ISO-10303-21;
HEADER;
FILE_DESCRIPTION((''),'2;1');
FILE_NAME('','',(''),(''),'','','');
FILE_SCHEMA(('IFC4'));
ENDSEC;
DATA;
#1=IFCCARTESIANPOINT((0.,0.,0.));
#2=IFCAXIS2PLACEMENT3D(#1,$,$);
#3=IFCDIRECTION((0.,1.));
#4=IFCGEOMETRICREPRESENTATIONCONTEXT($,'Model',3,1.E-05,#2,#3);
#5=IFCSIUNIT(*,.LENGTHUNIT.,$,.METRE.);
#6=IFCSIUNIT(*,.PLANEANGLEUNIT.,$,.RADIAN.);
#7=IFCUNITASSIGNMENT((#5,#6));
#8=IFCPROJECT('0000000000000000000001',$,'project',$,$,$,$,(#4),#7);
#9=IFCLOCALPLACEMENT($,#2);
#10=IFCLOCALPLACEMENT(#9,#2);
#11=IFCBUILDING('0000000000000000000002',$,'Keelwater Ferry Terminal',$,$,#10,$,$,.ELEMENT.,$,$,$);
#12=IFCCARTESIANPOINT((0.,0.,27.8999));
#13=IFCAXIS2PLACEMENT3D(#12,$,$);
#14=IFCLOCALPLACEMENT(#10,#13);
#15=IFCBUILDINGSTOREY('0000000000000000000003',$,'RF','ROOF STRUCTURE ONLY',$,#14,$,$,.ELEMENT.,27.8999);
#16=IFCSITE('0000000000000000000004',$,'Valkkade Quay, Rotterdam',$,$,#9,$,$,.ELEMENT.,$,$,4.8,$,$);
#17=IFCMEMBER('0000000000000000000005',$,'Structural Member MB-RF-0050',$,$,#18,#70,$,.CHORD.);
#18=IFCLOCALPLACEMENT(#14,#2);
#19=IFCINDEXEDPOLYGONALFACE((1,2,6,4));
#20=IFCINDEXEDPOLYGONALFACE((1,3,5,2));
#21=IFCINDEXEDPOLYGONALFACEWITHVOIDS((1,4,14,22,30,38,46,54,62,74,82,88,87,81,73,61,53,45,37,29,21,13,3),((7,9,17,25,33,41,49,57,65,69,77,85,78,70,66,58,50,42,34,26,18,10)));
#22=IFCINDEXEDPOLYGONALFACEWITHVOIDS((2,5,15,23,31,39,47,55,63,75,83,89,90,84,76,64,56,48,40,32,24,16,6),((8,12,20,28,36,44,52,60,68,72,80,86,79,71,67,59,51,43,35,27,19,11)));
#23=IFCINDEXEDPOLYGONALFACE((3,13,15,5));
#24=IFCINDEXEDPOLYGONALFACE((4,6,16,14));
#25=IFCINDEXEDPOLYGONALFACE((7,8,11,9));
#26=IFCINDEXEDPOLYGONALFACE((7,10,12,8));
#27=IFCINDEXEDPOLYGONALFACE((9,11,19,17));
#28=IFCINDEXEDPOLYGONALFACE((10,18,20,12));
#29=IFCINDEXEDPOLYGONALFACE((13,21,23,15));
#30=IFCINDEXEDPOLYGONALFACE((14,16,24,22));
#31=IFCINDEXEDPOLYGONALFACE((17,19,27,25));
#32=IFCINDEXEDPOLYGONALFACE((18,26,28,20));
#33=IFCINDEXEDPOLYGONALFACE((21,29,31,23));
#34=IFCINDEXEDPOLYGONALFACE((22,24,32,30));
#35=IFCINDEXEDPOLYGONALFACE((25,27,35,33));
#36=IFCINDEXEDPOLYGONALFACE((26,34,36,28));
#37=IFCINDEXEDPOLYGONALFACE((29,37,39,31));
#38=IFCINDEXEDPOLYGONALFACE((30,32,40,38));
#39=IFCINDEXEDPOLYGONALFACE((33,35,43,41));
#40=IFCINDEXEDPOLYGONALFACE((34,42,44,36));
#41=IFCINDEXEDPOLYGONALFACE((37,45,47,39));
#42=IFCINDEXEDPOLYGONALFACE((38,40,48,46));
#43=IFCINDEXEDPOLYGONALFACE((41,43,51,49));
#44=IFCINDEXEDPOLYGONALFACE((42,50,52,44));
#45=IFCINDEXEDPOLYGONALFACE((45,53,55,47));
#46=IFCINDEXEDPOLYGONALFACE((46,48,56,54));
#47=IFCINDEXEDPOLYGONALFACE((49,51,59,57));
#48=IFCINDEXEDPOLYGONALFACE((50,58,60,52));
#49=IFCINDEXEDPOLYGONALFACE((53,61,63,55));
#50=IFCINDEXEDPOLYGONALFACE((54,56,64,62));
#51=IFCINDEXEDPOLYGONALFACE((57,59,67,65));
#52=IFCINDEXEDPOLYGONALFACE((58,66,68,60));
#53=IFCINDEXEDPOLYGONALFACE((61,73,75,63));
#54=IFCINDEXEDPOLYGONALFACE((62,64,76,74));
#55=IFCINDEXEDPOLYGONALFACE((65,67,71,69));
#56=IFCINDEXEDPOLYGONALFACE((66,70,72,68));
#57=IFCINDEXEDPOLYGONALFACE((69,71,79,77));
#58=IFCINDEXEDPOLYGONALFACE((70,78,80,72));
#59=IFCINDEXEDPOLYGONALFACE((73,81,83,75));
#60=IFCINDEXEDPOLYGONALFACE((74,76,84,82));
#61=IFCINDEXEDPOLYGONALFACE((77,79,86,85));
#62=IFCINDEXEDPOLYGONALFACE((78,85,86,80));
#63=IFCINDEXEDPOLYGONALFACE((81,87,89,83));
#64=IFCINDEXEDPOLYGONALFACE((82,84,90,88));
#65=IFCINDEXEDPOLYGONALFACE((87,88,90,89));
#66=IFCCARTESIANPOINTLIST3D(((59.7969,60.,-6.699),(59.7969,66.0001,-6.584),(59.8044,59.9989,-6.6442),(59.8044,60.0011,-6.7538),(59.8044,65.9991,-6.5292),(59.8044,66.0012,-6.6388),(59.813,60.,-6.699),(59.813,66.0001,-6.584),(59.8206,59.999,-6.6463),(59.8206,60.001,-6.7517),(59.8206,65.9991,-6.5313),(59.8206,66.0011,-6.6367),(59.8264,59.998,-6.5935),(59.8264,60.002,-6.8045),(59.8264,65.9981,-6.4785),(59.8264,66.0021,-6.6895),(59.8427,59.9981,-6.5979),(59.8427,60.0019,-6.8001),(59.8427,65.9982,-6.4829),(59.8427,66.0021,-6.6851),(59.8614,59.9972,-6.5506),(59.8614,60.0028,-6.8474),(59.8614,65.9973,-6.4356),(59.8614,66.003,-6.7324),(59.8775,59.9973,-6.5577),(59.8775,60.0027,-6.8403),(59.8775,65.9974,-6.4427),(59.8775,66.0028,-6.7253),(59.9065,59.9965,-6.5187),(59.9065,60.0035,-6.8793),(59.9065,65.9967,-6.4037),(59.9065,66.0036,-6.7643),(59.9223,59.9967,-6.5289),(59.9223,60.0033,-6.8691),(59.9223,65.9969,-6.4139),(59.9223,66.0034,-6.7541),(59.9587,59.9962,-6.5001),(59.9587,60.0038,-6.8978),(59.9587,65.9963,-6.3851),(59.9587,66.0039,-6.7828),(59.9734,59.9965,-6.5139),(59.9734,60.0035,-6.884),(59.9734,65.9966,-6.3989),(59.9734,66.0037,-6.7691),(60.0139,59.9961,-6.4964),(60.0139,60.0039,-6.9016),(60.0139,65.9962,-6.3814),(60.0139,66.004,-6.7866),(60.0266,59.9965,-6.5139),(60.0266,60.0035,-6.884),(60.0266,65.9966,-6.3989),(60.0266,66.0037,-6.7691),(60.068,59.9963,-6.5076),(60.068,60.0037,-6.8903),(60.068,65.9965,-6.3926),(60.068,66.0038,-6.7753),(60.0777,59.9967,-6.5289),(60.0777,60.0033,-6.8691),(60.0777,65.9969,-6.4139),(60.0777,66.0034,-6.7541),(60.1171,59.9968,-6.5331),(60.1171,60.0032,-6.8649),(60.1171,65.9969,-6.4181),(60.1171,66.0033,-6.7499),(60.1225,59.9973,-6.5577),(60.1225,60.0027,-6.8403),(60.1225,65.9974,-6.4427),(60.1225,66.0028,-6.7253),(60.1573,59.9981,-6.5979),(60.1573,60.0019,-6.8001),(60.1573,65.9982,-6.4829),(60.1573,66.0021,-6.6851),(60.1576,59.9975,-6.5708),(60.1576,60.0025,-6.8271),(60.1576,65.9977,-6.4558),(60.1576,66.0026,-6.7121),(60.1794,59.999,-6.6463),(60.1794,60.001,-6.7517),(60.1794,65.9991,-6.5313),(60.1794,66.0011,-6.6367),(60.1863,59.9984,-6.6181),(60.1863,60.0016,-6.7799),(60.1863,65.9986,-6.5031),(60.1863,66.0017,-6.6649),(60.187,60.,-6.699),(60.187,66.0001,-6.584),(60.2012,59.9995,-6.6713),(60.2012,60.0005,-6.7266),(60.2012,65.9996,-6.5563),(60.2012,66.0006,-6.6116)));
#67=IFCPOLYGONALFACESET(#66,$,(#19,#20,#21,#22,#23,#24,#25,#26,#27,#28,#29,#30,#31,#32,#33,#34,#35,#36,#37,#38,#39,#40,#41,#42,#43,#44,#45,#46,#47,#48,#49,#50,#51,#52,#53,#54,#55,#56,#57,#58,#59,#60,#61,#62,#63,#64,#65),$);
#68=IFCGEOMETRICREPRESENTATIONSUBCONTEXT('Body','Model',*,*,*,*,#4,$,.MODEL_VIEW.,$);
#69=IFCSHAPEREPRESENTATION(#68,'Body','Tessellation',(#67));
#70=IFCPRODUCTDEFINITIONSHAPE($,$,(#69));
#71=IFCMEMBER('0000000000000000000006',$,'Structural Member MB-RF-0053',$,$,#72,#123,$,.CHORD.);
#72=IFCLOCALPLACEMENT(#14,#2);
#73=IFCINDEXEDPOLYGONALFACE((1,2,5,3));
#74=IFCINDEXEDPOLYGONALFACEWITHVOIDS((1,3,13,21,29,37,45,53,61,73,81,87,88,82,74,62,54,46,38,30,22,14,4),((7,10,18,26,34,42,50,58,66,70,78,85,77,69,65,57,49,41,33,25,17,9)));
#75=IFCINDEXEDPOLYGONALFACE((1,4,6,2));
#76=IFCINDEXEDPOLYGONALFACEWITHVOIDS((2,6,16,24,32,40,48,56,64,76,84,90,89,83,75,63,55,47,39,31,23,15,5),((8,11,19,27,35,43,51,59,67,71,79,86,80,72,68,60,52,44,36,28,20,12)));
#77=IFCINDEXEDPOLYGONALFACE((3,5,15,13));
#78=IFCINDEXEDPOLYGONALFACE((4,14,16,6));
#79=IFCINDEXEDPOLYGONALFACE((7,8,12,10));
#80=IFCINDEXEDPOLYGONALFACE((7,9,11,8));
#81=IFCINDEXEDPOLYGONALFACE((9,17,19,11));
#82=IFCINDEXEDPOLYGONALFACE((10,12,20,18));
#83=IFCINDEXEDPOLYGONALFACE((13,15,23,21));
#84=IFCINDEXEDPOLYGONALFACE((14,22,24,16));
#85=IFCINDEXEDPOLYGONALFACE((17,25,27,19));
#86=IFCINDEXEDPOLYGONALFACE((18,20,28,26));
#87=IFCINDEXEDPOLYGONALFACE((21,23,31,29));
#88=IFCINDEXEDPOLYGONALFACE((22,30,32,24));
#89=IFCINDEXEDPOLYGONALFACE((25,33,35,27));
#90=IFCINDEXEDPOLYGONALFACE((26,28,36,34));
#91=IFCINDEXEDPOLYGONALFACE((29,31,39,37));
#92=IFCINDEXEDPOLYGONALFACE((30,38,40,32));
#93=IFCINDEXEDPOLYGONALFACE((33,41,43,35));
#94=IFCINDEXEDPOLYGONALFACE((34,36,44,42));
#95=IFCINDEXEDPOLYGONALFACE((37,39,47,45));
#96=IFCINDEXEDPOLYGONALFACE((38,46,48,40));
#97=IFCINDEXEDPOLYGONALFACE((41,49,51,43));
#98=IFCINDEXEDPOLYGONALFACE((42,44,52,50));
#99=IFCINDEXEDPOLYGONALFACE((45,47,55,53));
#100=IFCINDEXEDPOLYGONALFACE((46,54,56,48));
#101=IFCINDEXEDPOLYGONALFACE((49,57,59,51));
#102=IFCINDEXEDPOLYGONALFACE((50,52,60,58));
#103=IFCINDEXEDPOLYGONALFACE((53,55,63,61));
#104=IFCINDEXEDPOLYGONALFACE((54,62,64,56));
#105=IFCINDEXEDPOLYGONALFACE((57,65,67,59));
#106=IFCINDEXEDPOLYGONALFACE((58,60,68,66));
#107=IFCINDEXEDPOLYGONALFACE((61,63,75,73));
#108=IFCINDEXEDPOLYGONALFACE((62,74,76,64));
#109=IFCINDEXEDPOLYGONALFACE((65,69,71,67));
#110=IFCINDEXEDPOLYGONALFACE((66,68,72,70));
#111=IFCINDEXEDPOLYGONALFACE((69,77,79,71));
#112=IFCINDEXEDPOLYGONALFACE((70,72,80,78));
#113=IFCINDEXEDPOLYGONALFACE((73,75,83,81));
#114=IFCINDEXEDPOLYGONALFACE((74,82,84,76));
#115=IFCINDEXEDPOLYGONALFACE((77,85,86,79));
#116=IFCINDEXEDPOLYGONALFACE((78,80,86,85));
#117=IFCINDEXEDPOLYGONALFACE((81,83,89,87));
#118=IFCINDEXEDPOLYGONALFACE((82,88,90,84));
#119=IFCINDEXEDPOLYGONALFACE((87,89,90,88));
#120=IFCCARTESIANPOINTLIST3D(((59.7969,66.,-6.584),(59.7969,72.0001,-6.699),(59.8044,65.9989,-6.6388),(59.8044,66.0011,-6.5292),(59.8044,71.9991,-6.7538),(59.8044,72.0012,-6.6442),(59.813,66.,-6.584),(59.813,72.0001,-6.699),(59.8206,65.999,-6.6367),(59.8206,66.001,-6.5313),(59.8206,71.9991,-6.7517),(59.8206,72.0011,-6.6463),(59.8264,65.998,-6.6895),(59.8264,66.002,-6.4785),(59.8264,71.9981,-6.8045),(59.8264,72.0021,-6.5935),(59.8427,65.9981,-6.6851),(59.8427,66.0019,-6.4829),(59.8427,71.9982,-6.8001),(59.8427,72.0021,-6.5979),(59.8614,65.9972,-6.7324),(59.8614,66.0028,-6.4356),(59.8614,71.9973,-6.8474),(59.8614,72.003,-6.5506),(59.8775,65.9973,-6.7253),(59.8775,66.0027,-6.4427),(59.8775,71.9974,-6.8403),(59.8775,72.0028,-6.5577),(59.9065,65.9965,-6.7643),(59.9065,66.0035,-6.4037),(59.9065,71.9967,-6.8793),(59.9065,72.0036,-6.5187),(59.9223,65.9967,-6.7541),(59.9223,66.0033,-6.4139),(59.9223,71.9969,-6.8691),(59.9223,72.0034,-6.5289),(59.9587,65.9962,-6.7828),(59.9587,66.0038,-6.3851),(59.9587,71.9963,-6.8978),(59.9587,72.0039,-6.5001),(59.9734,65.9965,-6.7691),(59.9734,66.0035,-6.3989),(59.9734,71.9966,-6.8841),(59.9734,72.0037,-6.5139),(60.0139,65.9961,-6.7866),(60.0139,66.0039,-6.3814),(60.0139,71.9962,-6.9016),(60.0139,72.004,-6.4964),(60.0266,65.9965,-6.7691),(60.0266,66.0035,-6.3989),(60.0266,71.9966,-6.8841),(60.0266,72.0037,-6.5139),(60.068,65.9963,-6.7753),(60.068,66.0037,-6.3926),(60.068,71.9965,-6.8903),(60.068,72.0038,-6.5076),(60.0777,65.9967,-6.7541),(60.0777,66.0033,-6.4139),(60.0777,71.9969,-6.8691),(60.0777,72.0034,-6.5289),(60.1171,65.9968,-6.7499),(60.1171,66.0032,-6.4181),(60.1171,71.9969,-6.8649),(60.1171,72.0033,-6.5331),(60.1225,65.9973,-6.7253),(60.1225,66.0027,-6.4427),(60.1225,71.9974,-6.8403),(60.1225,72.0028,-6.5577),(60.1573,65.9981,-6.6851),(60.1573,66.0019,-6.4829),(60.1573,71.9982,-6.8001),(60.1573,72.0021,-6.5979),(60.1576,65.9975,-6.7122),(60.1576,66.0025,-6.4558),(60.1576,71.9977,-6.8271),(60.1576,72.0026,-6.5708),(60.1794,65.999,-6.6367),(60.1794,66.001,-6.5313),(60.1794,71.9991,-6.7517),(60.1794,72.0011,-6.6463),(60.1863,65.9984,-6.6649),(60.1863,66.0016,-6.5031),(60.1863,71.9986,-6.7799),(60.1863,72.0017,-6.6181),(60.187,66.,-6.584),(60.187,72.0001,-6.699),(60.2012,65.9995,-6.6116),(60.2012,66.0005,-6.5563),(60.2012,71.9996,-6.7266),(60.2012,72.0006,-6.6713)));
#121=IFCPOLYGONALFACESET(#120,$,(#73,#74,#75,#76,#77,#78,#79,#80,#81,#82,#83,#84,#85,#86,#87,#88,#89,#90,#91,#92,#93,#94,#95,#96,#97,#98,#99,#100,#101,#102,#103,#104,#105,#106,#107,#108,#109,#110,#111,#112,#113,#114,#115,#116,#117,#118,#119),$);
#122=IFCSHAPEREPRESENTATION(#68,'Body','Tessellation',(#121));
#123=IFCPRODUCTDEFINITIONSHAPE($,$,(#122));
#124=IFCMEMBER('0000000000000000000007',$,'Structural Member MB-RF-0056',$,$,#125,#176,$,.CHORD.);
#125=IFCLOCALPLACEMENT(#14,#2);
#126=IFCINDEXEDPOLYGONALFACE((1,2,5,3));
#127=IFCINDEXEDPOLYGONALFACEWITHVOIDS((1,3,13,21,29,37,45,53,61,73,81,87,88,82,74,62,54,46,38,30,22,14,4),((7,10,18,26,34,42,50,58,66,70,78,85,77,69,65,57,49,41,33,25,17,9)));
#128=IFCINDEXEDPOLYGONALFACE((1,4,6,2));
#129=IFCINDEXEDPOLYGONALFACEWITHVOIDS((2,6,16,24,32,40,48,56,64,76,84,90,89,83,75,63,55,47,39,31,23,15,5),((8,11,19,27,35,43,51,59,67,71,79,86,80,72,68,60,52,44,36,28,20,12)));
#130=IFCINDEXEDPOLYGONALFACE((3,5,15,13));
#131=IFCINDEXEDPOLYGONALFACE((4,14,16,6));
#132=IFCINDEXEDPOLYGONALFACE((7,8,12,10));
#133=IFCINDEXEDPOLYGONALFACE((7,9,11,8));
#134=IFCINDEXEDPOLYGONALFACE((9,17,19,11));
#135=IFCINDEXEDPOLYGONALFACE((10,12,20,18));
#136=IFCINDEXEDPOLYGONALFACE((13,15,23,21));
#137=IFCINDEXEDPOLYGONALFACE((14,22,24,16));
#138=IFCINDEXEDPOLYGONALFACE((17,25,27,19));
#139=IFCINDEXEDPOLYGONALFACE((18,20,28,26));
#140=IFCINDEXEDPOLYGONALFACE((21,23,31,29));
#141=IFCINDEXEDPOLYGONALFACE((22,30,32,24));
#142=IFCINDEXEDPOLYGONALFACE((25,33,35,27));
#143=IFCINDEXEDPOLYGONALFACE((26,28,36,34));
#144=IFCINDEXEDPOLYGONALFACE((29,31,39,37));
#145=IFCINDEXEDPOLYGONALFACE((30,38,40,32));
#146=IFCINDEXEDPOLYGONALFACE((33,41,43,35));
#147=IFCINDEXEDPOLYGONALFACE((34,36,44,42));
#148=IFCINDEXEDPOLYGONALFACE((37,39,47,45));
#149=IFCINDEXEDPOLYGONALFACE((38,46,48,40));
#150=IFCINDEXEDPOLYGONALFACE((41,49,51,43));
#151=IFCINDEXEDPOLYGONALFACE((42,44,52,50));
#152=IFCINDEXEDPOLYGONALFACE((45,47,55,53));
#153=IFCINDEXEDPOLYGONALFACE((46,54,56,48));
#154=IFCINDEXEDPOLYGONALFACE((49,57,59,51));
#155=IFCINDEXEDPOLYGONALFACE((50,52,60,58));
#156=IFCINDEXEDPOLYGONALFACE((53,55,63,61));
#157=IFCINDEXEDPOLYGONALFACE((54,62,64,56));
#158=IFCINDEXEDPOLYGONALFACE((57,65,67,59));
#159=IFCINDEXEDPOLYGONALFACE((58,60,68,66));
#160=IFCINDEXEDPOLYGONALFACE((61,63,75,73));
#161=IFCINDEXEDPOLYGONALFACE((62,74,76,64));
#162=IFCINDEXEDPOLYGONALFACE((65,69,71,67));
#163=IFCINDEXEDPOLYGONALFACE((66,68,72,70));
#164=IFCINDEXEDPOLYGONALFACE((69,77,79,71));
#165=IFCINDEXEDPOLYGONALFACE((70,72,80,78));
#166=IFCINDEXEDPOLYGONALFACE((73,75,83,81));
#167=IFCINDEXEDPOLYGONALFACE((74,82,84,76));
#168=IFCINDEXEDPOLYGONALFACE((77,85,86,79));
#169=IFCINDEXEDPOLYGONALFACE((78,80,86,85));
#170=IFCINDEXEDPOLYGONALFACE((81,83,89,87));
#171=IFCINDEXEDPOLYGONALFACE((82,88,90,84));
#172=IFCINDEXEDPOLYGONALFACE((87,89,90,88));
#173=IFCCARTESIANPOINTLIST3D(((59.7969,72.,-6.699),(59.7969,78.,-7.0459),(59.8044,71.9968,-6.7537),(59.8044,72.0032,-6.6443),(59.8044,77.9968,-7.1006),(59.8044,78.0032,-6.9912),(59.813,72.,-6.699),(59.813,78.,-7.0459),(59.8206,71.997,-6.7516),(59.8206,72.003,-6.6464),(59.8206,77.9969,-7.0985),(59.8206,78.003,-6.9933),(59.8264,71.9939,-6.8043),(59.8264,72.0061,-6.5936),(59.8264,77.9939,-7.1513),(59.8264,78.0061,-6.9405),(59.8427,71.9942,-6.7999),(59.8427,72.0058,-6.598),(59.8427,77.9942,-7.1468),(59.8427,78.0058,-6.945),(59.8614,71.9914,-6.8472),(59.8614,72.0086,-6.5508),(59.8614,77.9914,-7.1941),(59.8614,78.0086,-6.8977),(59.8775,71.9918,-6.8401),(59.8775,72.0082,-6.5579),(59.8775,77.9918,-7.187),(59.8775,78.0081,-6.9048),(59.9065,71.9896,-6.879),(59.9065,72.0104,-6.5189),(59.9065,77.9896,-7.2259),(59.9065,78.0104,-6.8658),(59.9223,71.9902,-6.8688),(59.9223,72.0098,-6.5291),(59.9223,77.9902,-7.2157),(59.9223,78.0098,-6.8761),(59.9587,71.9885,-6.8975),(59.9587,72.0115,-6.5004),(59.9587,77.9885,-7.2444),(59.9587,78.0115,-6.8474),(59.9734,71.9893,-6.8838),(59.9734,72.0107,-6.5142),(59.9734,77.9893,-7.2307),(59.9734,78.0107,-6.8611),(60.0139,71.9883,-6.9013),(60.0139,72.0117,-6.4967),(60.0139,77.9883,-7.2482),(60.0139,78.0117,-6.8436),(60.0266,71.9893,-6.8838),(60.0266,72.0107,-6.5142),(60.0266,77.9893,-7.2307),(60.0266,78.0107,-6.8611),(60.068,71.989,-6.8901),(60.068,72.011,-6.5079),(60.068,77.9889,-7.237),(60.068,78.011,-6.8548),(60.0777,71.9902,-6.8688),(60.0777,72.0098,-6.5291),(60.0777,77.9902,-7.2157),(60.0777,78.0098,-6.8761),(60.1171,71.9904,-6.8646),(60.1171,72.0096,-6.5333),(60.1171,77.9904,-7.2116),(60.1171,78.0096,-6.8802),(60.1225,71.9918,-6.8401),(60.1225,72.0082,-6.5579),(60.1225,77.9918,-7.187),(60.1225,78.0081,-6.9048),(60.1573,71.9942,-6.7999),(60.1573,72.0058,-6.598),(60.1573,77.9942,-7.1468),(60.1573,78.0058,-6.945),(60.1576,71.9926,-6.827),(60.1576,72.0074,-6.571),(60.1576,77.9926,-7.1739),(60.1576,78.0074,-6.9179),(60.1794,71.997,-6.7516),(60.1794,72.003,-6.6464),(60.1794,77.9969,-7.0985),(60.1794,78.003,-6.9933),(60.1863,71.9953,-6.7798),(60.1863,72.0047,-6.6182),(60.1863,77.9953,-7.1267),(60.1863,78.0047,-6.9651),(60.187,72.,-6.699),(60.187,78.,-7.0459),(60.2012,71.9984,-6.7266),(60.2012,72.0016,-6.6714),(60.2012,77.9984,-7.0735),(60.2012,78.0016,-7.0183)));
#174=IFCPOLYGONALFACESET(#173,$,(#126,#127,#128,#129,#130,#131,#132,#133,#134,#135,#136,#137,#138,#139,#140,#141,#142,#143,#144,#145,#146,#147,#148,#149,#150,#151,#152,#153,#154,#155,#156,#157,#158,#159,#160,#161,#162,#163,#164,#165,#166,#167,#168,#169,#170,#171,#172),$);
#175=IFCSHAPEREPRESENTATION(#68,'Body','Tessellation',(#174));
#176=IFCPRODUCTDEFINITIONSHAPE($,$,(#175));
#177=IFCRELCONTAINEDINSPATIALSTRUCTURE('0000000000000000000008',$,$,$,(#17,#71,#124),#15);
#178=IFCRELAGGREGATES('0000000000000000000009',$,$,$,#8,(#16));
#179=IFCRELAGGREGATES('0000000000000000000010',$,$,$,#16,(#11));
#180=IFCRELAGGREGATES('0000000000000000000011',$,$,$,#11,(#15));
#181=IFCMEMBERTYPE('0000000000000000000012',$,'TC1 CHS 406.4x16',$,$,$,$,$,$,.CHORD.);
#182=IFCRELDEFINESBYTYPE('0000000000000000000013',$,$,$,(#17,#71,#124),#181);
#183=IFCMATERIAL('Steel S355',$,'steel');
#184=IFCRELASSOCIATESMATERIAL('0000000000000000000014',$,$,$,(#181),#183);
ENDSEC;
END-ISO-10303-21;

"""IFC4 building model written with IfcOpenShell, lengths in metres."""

from ifc_helpers import new_model, si_unit, direction, frame, origin, origin_2d, place, context, subcontext, project, spatial, hollow_circle, extrude, material, material_profile, profile_set, type_object, element, save


model = new_model("IFC4")

# Units and contexts
model_context = context("Model", 3, precision=1e-05, world=origin(), true_north=direction((0.0, 1.0)))
body_context = subcontext(model_context, "Body", "Model", "MODEL_VIEW")
ifc_project = project(units=[si_unit("LENGTHUNIT", "METRE"), si_unit("PLANEANGLEUNIT", "RADIAN")], contexts=[model_context])

# Site, building, storey
site_placement = place(None, origin())
site = spatial("IfcSite", under=ifc_project, at=site_placement, Name="Valkkade Quay, Rotterdam", CompositionType="ELEMENT", RefElevation=4.8)
building_placement = place(site_placement, origin())
building = spatial("IfcBuilding", under=site, at=building_placement, Name="Keelwater Ferry Terminal", CompositionType="ELEMENT")
storey_placement = place(building_placement, frame((0.0, 0.0, 27.8999)))
storey = spatial("IfcBuildingStorey", under=building, at=storey_placement, Name="RF", Description="ROOF STRUCTURE ONLY", CompositionType="ELEMENT", Elevation=27.8999)

# Members
ifc_material_1 = material(Name="Steel S355", Category="steel")
ifc_material_profile_1 = material_profile(ifc_material_1, hollow_circle(Radius=0.2031, WallThickness=0.0161, at=origin_2d()), Name="CHS 406.4x16")
ifc_profile_set_1 = profile_set([ifc_material_profile_1], Name="Steel S355")
member_type_1 = type_object("IfcMemberType", Name="TC1 CHS 406.4x16", PredefinedType="CHORD", material=ifc_profile_set_1)
for number, where, z_axis, x_axis, name in (
    (1, (60.0, 60.0, -6.699), (0.0, 0.999816, 0.019162), (-1.0, 0.0, 0.0), "Structural Member MB-RF-0050"),
    (2, (60.0, 66.0, -6.584), (0.0, 0.999816, -0.019162), (-1.0, 0.0, 0.0), "Structural Member MB-RF-0053"),
):
    element("IfcMember", number, at=place(storey_placement, frame(where, z_axis=z_axis, x_axis=x_axis)), inside=storey, type_object=member_type_1, Name=name, PredefinedType="CHORD", context=body_context, shape_type="SweptSolid", body=[
        extrude(hollow_circle(Radius=0.2031, WallThickness=0.0161, at=origin_2d()), origin(), (0.0, 0.0, 1.0), 6.0012),
    ])
member_1_placement = place(storey_placement, frame((60.0, 72.0, -6.699), z_axis=(0.0, 0.998333, -0.057724), x_axis=(-1.0, 0.0, 0.0)))
element("IfcMember", 3, at=member_1_placement, inside=storey, type_object=member_type_1, Name="Structural Member MB-RF-0056", PredefinedType="CHORD", context=body_context, shape_type="SweptSolid", body=[
    extrude(hollow_circle(Radius=0.2031, WallThickness=0.0161, at=origin_2d()), origin(), (0.0, 0.0, 1.0), 6.01),
])

save(model, "model.ifc")
